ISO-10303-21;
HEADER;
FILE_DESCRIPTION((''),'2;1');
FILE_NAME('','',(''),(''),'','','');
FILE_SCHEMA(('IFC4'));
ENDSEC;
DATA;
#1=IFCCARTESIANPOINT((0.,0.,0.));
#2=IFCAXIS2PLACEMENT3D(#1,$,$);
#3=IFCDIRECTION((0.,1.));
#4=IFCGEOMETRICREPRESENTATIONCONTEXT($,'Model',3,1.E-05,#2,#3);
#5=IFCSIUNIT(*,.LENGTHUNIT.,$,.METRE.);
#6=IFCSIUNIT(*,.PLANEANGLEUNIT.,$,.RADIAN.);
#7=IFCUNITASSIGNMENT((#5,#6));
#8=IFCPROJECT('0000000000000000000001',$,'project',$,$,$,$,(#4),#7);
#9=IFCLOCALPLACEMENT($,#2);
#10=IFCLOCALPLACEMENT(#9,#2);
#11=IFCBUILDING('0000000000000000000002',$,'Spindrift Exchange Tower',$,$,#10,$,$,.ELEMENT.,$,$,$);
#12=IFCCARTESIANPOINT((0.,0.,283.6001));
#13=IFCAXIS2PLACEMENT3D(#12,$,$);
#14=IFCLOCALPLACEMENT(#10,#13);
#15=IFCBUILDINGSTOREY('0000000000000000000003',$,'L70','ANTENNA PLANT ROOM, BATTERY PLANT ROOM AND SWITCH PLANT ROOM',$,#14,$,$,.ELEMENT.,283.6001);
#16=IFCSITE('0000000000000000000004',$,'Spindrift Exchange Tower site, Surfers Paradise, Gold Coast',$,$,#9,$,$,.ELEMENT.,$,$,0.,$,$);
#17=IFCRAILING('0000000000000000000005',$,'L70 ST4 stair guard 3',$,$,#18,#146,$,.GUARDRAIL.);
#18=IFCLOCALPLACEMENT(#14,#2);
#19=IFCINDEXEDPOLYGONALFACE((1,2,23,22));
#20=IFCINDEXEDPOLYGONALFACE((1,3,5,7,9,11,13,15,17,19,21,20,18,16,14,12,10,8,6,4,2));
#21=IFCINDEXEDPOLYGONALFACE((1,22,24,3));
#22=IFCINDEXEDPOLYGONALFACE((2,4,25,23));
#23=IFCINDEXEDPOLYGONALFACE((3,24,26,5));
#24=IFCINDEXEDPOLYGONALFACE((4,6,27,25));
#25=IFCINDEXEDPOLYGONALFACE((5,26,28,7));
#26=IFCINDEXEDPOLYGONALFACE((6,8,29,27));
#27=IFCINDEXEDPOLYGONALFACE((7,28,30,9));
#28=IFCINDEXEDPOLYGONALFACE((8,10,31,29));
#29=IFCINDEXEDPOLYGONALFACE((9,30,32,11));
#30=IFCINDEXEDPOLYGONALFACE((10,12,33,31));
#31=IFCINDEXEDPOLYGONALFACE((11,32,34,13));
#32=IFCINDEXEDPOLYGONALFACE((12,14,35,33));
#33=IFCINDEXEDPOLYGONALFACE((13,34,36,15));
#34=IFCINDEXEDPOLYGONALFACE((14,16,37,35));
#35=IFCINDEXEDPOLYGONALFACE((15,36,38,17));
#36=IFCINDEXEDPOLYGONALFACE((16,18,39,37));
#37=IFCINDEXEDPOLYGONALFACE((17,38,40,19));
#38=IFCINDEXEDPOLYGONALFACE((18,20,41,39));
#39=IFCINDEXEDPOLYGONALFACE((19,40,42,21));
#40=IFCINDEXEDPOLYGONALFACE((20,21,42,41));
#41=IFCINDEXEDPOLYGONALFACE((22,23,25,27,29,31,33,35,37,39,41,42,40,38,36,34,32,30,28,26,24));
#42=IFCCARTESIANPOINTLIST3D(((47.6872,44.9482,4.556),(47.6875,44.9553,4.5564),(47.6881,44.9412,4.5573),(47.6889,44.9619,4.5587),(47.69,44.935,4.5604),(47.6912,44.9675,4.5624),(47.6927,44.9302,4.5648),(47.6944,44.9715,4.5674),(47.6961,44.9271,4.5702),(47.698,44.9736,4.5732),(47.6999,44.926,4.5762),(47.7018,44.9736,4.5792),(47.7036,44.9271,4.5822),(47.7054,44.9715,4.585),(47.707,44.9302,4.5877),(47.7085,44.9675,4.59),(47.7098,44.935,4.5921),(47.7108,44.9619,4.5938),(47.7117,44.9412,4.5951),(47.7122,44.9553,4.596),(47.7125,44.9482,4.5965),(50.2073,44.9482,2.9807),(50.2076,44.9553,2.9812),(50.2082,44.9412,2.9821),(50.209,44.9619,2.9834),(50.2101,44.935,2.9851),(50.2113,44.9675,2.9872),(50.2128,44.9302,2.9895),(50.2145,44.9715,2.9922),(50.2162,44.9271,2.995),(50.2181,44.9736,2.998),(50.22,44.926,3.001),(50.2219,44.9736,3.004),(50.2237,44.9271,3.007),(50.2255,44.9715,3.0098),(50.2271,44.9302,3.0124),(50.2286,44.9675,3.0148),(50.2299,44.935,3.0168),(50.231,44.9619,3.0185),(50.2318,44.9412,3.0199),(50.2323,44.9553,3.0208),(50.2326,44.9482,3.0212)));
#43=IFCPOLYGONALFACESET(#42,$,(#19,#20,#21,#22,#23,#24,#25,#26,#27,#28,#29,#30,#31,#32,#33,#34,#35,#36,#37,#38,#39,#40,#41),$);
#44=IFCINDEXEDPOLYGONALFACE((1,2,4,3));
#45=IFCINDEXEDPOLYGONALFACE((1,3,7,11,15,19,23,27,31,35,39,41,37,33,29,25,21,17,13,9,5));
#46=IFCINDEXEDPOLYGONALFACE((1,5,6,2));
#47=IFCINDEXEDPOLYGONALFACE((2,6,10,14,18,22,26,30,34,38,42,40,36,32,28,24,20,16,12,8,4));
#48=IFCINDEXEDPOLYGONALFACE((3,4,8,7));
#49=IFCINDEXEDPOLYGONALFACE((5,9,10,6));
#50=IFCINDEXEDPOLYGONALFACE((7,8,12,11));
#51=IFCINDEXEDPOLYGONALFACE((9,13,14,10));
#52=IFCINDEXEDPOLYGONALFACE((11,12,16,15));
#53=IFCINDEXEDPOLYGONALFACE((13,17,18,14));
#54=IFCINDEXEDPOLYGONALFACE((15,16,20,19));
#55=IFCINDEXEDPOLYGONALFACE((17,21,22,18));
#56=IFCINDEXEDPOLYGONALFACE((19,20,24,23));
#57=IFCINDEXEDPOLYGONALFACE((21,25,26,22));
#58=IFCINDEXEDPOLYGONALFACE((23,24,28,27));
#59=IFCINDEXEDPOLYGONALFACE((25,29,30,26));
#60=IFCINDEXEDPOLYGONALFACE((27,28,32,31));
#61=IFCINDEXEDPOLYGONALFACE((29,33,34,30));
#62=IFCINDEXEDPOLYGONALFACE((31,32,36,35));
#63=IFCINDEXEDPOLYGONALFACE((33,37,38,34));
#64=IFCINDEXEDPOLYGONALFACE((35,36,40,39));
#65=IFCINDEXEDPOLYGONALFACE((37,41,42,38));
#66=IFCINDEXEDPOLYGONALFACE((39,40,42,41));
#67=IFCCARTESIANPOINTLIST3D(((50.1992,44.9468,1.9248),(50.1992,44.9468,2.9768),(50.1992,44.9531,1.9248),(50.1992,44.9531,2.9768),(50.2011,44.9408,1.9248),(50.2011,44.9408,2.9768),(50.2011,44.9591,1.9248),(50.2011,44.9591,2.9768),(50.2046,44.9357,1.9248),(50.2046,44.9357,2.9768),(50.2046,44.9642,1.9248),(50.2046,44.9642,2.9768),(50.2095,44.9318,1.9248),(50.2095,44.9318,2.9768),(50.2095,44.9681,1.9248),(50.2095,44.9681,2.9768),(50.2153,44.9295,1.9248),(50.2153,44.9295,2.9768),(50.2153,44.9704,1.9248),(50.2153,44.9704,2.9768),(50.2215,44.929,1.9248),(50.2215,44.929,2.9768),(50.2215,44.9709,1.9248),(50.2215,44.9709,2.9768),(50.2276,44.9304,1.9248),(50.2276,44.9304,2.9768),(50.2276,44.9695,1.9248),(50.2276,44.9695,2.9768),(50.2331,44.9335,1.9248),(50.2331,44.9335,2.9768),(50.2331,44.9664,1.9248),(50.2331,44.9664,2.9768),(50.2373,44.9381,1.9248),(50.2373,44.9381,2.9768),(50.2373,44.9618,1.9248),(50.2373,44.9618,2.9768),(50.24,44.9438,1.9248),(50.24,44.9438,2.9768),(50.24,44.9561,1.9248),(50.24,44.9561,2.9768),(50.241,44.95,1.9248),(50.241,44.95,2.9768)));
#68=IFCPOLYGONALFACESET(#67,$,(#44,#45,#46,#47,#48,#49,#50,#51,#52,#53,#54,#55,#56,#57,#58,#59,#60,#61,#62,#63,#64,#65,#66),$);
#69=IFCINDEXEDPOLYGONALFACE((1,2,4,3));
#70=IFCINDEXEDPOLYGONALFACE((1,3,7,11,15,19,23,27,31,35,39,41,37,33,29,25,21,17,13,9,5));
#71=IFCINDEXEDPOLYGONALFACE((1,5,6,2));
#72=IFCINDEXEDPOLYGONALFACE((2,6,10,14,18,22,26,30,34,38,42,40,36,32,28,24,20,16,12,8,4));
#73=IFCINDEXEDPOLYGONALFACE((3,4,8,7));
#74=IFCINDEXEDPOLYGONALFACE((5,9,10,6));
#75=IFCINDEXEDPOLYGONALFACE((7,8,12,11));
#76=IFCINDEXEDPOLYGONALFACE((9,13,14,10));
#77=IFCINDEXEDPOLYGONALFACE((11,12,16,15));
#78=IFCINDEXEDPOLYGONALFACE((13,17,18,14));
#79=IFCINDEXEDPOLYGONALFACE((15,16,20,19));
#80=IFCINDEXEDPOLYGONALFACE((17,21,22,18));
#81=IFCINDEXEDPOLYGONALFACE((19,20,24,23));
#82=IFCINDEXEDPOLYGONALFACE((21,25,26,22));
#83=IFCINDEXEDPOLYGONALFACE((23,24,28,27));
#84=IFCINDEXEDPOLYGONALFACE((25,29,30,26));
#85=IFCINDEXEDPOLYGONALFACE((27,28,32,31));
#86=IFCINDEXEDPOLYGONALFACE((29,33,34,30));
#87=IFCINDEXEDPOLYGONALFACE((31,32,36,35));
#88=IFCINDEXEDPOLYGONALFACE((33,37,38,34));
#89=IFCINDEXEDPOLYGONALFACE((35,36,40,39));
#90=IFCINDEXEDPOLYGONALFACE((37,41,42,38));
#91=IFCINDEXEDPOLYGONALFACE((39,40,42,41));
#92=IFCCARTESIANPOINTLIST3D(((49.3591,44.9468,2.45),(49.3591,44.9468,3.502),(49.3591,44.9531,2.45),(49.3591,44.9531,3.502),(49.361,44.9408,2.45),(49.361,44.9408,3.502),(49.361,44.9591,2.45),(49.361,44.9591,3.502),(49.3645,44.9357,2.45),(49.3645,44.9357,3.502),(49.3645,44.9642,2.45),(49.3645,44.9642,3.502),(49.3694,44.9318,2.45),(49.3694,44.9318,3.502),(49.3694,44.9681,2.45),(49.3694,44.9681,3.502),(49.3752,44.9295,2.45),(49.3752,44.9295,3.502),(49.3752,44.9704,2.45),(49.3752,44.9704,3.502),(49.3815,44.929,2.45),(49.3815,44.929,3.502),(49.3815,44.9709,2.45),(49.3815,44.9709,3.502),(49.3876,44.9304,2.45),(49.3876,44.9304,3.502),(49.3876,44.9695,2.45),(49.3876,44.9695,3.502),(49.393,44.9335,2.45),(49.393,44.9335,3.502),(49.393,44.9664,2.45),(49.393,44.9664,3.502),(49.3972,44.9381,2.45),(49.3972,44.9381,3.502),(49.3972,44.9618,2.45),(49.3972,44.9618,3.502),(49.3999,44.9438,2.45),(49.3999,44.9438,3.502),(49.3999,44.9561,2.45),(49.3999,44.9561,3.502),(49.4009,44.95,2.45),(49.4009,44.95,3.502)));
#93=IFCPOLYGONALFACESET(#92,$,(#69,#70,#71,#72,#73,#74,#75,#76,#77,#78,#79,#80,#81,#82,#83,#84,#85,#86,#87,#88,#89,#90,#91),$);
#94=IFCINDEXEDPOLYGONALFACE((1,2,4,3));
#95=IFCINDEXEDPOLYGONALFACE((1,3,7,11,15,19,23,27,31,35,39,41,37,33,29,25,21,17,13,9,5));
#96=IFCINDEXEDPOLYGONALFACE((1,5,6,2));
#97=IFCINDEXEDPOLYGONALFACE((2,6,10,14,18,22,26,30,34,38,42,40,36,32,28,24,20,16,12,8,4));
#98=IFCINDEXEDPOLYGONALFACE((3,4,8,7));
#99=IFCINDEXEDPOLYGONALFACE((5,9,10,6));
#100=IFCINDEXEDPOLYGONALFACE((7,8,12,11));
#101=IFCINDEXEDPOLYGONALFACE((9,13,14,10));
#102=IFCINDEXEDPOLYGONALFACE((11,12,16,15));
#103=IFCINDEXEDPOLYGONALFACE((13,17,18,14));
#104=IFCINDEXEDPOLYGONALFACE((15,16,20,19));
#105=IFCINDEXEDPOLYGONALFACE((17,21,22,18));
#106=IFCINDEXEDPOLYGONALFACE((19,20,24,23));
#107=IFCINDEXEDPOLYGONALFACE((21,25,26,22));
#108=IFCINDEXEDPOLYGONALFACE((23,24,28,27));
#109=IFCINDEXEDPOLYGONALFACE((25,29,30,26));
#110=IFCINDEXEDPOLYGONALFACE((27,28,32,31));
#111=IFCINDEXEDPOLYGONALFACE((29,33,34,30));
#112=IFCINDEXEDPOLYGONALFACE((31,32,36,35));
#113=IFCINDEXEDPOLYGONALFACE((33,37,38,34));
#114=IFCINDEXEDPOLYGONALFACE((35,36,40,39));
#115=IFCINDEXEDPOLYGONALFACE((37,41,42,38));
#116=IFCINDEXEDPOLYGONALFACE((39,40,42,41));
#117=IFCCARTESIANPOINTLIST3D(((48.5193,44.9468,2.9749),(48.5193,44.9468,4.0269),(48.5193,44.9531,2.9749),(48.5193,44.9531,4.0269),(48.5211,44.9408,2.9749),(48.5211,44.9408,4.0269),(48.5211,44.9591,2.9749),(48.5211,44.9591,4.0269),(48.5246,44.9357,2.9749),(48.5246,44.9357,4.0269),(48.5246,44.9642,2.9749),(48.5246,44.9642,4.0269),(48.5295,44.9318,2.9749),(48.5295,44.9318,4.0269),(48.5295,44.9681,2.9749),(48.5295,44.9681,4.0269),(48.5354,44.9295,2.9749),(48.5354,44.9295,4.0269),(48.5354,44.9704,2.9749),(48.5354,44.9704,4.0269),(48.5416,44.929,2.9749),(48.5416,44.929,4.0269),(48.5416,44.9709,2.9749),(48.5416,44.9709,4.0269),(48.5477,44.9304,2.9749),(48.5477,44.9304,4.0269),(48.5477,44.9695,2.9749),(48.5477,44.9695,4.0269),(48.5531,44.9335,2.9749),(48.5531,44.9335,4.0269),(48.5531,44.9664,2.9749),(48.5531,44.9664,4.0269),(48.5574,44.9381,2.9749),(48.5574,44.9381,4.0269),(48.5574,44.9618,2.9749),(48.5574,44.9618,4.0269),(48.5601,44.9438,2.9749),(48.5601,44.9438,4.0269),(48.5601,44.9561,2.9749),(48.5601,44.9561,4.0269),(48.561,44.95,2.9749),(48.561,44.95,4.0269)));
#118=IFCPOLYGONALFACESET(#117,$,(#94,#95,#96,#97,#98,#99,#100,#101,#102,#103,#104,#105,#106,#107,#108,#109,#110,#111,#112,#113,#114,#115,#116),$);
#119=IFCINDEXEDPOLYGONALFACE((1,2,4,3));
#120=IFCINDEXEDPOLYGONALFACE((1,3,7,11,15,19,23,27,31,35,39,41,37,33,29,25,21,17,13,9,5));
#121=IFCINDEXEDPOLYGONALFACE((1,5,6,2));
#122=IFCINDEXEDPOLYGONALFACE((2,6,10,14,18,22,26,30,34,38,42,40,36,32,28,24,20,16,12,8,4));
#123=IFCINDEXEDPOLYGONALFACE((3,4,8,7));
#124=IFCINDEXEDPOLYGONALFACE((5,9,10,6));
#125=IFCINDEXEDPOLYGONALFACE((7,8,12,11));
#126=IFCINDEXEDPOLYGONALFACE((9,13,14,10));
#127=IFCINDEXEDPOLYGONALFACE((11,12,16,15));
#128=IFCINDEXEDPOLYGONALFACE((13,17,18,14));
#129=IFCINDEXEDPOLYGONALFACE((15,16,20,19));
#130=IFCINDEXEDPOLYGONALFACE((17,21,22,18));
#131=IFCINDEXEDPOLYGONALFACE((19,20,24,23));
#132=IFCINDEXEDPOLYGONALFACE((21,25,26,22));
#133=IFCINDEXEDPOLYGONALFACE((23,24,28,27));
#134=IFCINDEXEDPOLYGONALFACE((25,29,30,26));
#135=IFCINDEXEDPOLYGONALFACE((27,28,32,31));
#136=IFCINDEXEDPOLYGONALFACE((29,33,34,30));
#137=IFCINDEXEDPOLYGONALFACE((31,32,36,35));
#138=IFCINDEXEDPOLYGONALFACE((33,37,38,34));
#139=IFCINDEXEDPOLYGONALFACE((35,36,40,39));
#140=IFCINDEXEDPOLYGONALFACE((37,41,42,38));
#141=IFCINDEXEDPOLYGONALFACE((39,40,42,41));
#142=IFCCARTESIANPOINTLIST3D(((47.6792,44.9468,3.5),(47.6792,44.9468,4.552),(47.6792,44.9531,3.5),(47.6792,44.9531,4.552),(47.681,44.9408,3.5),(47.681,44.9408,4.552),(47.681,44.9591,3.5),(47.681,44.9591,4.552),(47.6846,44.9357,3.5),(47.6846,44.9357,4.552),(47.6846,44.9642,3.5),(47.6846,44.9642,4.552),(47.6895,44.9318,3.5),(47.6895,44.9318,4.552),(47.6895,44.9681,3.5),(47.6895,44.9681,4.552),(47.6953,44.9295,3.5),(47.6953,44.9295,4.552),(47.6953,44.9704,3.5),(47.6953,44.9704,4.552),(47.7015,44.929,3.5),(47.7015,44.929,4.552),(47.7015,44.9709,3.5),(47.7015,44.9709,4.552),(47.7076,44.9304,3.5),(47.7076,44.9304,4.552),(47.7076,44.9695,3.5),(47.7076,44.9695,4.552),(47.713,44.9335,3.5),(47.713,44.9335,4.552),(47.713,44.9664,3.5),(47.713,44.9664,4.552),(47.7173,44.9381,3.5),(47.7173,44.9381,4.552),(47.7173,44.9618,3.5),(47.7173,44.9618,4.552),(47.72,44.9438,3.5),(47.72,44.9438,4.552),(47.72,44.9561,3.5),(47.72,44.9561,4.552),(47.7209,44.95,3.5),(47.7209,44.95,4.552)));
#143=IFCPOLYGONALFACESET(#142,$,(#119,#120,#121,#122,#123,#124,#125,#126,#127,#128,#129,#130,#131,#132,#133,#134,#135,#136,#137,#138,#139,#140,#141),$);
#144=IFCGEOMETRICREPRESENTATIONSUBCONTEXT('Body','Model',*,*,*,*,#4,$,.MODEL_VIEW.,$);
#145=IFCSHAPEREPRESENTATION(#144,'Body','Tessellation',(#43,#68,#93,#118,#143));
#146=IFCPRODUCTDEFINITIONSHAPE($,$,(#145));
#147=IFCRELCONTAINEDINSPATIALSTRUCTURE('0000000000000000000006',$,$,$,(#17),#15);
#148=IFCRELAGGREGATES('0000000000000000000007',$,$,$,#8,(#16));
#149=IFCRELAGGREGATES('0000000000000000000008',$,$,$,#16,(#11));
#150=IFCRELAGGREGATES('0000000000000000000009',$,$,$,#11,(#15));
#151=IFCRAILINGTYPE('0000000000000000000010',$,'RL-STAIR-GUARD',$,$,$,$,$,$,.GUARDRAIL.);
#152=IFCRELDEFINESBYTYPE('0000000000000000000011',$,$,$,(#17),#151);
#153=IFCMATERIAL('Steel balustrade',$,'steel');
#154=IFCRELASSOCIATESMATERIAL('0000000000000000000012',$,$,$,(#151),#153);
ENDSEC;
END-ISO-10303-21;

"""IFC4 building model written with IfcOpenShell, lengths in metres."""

from ifc_helpers import new_model, si_unit, direction, frame, origin, origin_2d, place, context, subcontext, project, spatial, circle, extrude, material, type_object, element, save


model = new_model("IFC4")

# Units and contexts
model_context = context("Model", 3, precision=1e-05, world=origin(), true_north=direction((0.0, 1.0)))
body_context = subcontext(model_context, "Body", "Model", "MODEL_VIEW")
ifc_project = project(units=[si_unit("LENGTHUNIT", "METRE"), si_unit("PLANEANGLEUNIT", "RADIAN")], contexts=[model_context])

# Site, building, storey
site_placement = place(None, origin())
site = spatial("IfcSite", under=ifc_project, at=site_placement, Name="Spindrift Exchange Tower site, Surfers Paradise, Gold Coast", CompositionType="ELEMENT", RefElevation=0.0)
building_placement = place(site_placement, origin())
building = spatial("IfcBuilding", under=site, at=building_placement, Name="Spindrift Exchange Tower", CompositionType="ELEMENT")
storey_placement = place(building_placement, frame((0.0, 0.0, 283.6001)))
storey = spatial("IfcBuildingStorey", under=building, at=storey_placement, Name="L70", Description="ANTENNA PLANT ROOM, BATTERY PLANT ROOM AND SWITCH PLANT ROOM", CompositionType="ELEMENT", Elevation=283.6001)

# Railing
ifc_material_1 = material(Name="Steel balustrade", Category="steel")
railing_type_1 = type_object("IfcRailingType", Name="RL-STAIR-GUARD", PredefinedType="GUARDRAIL", material=ifc_material_1)
railing_1_placement = place(storey_placement, frame((50.22, 44.95, 1.9248)))
element("IfcRailing", 1, at=railing_1_placement, inside=storey, type_object=railing_type_1, Name="L70 ST4 stair guard 3", PredefinedType="GUARDRAIL", context=body_context, shape_type="SweptSolid", body=[
    extrude(circle(Radius=0.0239, at=origin_2d()), frame((0.0, 0.0, 1.0762), z_axis=(-0.847971, 0.0, 0.530043), x_axis=(0.0, -1.0, 0.0)), (0.0, 0.0, 1.0), 2.9719),
    extrude(circle(Radius=0.021, at=origin_2d()), origin(), (0.0, 0.0, 1.0), 1.052),
    extrude(circle(Radius=0.021, at=origin_2d()), frame((-0.8401, 0.0, 0.5251)), (0.0, 0.0, 1.0), 1.052),
    extrude(circle(Radius=0.021, at=origin_2d()), frame((-1.6799, 0.0, 1.05)), (0.0, 0.0, 1.0), 1.052),
    extrude(circle(Radius=0.021, at=origin_2d()), frame((-2.52, 0.0, 1.5752)), (0.0, 0.0, 1.0), 1.052),
])

save(model, "model.ifc")
